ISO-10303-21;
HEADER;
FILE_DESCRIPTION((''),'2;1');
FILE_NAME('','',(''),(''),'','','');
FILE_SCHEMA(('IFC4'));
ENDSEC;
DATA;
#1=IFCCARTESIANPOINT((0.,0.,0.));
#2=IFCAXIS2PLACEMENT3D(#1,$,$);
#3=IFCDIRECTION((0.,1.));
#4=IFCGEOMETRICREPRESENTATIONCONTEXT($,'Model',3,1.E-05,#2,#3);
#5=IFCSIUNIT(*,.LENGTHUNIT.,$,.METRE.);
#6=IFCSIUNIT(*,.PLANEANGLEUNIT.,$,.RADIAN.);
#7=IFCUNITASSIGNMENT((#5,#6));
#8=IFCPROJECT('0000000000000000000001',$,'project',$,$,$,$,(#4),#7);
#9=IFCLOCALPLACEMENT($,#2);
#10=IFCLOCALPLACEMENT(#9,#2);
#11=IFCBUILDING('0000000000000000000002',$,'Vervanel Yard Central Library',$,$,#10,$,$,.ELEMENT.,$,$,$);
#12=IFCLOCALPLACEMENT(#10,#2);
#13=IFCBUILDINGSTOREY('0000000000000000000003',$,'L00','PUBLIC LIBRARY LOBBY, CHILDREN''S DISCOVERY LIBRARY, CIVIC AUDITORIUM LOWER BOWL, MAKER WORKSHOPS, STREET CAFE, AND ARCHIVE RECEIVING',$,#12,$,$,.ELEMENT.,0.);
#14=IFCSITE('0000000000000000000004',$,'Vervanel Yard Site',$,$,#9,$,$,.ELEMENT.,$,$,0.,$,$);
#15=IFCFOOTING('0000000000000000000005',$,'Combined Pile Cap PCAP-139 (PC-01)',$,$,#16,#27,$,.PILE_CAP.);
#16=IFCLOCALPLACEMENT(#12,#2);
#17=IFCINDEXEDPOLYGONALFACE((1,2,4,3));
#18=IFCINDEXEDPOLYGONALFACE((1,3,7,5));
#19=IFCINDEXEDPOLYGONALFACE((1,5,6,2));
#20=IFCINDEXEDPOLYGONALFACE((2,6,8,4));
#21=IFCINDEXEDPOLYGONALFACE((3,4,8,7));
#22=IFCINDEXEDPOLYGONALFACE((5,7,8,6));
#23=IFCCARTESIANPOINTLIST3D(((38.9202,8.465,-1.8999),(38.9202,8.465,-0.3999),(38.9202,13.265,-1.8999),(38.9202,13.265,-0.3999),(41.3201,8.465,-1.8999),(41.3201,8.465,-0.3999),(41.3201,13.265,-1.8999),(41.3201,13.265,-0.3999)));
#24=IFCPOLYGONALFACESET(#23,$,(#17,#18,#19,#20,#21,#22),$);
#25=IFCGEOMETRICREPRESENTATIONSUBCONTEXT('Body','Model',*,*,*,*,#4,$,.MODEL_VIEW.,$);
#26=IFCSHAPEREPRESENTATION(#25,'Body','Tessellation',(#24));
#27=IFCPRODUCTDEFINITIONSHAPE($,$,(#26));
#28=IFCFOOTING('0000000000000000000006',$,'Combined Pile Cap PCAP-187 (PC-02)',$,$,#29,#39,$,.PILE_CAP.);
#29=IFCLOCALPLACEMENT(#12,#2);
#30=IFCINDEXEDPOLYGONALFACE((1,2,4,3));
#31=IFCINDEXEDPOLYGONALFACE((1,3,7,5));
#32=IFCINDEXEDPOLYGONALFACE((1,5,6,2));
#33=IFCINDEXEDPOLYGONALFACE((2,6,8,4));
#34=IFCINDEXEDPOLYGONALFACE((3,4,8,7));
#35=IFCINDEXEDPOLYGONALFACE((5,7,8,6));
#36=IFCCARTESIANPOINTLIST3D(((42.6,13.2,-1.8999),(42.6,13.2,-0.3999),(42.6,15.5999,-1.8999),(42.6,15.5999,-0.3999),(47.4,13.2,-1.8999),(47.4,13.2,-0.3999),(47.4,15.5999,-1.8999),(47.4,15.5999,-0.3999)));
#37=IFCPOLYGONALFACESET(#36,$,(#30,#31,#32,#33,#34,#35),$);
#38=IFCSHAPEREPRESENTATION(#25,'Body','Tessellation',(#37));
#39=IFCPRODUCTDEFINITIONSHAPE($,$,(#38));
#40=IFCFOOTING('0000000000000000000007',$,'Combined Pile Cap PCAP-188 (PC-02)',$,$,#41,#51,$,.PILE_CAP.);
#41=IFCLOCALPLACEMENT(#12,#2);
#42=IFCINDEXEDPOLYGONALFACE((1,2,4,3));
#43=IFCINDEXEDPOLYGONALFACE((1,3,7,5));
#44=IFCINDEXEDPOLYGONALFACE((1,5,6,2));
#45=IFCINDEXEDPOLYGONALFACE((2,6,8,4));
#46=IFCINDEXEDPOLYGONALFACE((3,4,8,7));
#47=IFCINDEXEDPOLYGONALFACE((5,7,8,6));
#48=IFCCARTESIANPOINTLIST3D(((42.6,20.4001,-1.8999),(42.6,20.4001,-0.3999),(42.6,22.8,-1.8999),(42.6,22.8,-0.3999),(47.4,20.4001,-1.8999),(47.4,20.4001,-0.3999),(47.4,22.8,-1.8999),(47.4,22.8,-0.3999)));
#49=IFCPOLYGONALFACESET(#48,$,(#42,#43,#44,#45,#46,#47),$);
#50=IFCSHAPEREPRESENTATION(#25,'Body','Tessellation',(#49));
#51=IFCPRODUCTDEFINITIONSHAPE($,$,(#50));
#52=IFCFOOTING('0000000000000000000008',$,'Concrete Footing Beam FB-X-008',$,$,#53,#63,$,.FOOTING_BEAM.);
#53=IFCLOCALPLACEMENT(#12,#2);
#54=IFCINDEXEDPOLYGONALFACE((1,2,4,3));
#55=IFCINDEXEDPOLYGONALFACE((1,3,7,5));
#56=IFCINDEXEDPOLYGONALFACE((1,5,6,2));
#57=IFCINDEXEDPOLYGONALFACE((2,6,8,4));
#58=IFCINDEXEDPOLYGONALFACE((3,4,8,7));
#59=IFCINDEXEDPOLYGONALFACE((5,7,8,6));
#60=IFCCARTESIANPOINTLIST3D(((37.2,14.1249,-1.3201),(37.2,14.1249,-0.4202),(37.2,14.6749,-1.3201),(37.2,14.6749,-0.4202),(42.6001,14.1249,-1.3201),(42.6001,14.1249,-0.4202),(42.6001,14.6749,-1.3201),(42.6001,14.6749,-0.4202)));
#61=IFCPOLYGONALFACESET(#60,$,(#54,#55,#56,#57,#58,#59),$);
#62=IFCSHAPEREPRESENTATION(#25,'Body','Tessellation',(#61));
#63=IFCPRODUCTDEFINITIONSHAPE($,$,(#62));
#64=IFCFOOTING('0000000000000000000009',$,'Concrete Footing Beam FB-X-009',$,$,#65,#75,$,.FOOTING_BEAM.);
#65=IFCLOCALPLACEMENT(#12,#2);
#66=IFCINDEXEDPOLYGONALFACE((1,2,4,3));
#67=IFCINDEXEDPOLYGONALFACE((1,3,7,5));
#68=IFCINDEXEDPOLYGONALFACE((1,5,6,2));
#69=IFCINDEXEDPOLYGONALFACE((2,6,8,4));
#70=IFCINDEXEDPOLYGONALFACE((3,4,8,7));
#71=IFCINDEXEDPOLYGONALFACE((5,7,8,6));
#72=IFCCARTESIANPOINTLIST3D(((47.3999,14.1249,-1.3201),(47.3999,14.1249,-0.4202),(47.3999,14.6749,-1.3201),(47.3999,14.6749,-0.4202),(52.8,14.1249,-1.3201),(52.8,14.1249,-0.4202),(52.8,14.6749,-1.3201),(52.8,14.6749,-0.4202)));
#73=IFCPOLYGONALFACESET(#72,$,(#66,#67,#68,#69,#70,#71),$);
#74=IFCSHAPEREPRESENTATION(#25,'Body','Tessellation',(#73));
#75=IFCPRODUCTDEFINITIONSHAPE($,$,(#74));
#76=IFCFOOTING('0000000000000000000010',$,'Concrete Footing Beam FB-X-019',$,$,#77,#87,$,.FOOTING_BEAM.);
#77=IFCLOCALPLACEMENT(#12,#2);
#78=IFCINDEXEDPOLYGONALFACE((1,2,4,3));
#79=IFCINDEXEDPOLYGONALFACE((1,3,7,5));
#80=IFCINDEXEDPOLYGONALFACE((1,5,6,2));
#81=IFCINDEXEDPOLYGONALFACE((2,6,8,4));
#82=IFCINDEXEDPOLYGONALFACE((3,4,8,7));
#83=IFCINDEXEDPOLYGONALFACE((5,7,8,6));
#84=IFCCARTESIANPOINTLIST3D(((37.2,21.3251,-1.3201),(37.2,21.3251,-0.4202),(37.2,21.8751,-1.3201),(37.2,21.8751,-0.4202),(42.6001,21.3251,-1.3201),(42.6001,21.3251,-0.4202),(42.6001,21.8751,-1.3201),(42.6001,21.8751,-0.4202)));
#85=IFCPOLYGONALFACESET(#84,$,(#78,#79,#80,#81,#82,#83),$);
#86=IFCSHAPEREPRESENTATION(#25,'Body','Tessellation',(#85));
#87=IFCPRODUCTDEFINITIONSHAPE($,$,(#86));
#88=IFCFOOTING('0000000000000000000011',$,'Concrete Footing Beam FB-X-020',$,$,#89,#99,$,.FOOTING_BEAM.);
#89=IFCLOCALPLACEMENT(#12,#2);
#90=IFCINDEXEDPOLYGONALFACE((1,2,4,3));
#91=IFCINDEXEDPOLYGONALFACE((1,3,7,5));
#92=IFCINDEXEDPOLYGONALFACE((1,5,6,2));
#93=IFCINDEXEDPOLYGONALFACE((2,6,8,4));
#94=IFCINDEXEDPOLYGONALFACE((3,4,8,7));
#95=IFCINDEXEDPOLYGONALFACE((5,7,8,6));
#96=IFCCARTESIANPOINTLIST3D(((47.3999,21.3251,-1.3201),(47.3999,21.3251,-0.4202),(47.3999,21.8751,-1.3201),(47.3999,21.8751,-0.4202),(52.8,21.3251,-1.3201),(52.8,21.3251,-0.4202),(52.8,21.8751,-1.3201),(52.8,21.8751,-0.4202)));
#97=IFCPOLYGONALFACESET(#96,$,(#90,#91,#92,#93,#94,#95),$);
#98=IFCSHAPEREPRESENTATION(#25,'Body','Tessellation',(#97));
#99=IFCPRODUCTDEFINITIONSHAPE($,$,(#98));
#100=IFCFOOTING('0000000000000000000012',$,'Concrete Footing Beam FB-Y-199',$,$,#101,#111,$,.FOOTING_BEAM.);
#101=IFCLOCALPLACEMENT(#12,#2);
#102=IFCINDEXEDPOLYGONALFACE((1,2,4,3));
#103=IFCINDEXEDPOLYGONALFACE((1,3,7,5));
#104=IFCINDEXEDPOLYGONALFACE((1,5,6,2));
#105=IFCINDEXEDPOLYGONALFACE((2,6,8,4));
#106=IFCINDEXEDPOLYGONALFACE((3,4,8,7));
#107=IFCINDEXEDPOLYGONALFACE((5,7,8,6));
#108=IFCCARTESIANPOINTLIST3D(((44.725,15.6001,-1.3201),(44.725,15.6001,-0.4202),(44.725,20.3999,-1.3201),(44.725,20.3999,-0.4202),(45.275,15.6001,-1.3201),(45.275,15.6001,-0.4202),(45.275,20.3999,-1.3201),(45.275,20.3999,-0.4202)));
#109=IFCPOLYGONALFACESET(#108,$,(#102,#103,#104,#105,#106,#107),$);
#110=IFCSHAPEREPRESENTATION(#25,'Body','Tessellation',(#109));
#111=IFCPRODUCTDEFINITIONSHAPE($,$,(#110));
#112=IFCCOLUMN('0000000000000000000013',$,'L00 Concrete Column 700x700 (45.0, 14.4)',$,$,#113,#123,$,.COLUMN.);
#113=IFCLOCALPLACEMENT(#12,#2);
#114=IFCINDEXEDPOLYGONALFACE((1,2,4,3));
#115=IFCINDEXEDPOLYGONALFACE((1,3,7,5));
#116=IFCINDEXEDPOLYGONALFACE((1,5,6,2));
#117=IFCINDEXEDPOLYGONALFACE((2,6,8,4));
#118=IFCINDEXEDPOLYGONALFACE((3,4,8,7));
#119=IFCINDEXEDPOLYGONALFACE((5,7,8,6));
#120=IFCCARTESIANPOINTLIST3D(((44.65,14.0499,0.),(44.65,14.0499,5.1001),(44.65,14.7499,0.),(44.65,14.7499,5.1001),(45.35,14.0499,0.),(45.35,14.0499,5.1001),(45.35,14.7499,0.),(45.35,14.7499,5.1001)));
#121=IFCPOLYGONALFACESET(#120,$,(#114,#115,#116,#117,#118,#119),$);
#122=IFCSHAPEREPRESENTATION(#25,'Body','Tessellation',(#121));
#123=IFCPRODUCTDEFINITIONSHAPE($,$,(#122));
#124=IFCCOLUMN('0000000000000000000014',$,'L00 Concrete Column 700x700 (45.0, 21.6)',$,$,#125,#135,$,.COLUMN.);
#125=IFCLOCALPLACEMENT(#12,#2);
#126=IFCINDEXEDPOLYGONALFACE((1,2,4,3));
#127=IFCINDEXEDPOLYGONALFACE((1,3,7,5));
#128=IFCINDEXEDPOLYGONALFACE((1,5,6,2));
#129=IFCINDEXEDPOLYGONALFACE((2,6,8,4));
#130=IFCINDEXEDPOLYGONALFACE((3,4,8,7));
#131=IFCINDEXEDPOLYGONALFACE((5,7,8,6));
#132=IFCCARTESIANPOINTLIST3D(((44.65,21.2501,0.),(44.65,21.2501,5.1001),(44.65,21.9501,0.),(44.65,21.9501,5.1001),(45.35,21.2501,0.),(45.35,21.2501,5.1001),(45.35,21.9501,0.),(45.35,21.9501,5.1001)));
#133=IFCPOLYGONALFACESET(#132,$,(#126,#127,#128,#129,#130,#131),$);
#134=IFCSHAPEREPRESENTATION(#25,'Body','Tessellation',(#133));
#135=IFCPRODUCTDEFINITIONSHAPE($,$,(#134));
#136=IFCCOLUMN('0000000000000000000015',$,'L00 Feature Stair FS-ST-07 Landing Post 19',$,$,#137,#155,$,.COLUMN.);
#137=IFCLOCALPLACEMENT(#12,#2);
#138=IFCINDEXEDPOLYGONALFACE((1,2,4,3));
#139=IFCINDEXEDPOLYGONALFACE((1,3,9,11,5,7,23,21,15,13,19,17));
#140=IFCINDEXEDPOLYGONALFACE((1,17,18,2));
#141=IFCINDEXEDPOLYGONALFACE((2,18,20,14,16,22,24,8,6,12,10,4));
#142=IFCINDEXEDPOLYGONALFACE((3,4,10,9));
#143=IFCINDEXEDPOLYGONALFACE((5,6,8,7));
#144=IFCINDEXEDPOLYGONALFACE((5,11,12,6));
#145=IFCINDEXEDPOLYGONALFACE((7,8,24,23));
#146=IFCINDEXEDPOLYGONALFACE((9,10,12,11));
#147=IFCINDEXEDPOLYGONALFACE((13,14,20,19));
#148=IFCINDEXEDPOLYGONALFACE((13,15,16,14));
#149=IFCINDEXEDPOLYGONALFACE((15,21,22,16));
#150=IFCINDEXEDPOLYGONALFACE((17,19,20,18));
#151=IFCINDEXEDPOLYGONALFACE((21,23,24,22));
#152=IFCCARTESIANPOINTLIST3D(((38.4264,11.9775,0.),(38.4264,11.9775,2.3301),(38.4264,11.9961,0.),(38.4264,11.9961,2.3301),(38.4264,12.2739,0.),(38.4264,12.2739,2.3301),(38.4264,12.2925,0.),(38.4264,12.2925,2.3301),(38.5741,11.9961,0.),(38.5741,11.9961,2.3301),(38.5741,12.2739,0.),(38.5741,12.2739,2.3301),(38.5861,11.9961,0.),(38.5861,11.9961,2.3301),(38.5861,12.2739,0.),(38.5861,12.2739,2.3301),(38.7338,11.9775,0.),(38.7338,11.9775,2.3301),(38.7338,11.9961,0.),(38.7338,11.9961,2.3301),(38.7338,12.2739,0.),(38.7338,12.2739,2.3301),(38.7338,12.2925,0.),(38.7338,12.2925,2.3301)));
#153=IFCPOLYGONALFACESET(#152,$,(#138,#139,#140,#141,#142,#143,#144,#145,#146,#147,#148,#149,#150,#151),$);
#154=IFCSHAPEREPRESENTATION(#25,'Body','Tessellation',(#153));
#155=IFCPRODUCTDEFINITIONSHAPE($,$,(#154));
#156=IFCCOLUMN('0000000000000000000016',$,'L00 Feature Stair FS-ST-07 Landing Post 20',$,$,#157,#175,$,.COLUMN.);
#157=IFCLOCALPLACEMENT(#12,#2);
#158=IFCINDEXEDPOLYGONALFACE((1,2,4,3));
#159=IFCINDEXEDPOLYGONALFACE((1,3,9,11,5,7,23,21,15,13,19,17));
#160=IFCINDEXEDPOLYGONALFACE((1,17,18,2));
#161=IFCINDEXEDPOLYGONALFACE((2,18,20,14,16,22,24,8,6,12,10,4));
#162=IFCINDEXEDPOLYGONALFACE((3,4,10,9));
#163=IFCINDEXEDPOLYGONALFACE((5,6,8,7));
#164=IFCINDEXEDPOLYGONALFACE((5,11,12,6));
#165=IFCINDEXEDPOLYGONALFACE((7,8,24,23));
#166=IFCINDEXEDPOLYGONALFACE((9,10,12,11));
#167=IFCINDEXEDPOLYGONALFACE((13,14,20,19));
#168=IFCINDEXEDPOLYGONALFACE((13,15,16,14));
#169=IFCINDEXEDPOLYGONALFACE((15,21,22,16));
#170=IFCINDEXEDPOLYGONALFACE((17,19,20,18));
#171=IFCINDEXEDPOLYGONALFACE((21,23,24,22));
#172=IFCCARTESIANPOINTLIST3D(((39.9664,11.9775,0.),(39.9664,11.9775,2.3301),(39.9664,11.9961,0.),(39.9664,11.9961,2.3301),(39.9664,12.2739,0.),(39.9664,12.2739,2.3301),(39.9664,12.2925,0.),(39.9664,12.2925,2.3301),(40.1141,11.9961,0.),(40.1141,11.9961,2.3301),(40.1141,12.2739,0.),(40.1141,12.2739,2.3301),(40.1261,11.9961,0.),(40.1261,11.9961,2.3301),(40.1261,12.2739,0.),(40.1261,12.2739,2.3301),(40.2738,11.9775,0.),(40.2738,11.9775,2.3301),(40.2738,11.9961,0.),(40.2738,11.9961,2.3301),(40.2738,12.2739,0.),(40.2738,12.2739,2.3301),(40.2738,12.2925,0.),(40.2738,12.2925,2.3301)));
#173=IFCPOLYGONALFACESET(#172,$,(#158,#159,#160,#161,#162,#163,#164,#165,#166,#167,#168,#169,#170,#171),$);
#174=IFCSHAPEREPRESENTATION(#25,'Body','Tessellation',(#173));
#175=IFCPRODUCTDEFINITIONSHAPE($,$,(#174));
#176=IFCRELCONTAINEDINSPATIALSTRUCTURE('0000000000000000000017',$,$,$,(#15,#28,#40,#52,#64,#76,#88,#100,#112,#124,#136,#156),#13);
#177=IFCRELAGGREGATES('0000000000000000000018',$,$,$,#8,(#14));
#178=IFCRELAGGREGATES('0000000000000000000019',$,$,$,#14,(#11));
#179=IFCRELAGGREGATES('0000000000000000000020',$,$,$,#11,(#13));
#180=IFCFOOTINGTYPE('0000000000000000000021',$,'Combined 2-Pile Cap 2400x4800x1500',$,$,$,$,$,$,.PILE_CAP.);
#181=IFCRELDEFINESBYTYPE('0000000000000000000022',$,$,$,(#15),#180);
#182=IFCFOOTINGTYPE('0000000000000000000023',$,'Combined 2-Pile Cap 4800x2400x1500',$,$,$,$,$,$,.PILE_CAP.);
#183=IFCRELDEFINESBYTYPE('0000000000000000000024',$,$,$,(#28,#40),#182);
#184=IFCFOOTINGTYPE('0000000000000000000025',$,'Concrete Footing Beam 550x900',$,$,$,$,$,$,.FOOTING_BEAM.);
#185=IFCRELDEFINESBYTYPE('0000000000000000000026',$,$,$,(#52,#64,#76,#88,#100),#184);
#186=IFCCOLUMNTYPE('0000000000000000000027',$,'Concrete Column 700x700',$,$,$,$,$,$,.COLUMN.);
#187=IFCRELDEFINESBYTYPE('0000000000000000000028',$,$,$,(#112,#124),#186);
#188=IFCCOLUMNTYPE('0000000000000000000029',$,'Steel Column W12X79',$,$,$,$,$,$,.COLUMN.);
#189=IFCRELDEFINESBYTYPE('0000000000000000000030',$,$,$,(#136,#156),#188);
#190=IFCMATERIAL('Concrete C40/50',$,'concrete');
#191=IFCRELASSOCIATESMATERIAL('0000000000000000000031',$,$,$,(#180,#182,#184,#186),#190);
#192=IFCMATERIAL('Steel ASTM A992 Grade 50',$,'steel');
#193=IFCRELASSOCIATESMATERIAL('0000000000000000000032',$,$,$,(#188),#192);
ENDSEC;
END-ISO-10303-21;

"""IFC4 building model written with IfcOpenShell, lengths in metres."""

from ifc_helpers import new_model, si_unit, direction, frame, origin, origin_2d, place, context, subcontext, project, spatial, rectangle, i_section, extrude, material, material_profile, profile_set, type_object, element, save


model = new_model("IFC4")

# Units and contexts
model_context = context("Model", 3, precision=1e-05, world=origin(), true_north=direction((0.0, 1.0)))
body_context = subcontext(model_context, "Body", "Model", "MODEL_VIEW")
ifc_project = project(units=[si_unit("LENGTHUNIT", "METRE"), si_unit("PLANEANGLEUNIT", "RADIAN")], contexts=[model_context])

# Site, building, storey
site_placement = place(None, origin())
site = spatial("IfcSite", under=ifc_project, at=site_placement, Name="Vervanel Yard Site", CompositionType="ELEMENT", RefElevation=0.0)
building_placement = place(site_placement, origin())
building = spatial("IfcBuilding", under=site, at=building_placement, Name="Vervanel Yard Central Library", CompositionType="ELEMENT")
storey_placement = place(building_placement, origin())
storey = spatial("IfcBuildingStorey", under=building, at=storey_placement, Name="L00", Description="PUBLIC LIBRARY LOBBY, CHILDREN'S DISCOVERY LIBRARY, CIVIC AUDITORIUM LOWER BOWL, MAKER WORKSHOPS, STREET CAFE, AND ARCHIVE RECEIVING", CompositionType="ELEMENT", Elevation=0.0)

# Shared definitions
ifc_material_1 = material(Name="Concrete C40/50", Category="concrete")

# Footings
footing_type_1 = type_object("IfcFootingType", Name="Combined 2-Pile Cap 2400x4800x1500", PredefinedType="PILE_CAP", material=ifc_material_1)
footing_1_placement = place(storey_placement, frame((40.1201, 10.865, -1.8999), z_axis=(0.0, 0.0, 1.0), x_axis=(1.0, 0.0, 0.0)))
element("IfcFooting", 1, at=footing_1_placement, inside=storey, type_object=footing_type_1, Name="Combined Pile Cap PCAP-139 (PC-01)", PredefinedType="PILE_CAP", context=body_context, shape_type="SweptSolid", body=[
    extrude(rectangle(XDim=2.3999, YDim=4.8, at=origin_2d()), origin(), (0.0, 0.0, 1.0), 1.5),
])
footing_type_2 = type_object("IfcFootingType", Name="Combined 2-Pile Cap 4800x2400x1500", PredefinedType="PILE_CAP", material=ifc_material_1)
for number, where, z_axis, x_axis, name in (
    (2, (45.0, 14.3999, -1.8999), (0.0, 0.0, 1.0), (1.0, 0.0, 0.0), "Combined Pile Cap PCAP-187 (PC-02)"),
    (3, (45.0, 21.6001, -1.8999), (0.0, 0.0, 1.0), (1.0, 0.0, 0.0), "Combined Pile Cap PCAP-188 (PC-02)"),
):
    element("IfcFooting", number, at=place(storey_placement, frame(where, z_axis=z_axis, x_axis=x_axis)), inside=storey, type_object=footing_type_2, Name=name, PredefinedType="PILE_CAP", context=body_context, shape_type="SweptSolid", body=[
        extrude(rectangle(XDim=4.8, YDim=2.3999, at=origin_2d()), origin(), (0.0, 0.0, 1.0), 1.5),
    ])
ifc_material_profile_1 = material_profile(ifc_material_1, rectangle(XDim=0.55, YDim=0.8999, at=origin_2d()), Name="RC 550x900", Category="concrete")
ifc_profile_set_1 = profile_set([ifc_material_profile_1], Name="Concrete C40/50")
footing_type_3 = type_object("IfcFootingType", Name="Concrete Footing Beam 550x900", PredefinedType="FOOTING_BEAM", material=ifc_profile_set_1)
for number, where, z_axis, x_axis, name in (
    (4, (37.2, 14.3999, -0.8701), (1.0, 0.0, 0.0), (0.0, 1.0, 0.0), "Concrete Footing Beam FB-X-008"),
    (5, (47.3999, 14.3999, -0.8701), (1.0, 0.0, 0.0), (0.0, 1.0, 0.0), "Concrete Footing Beam FB-X-009"),
    (6, (37.2, 21.6001, -0.8701), (1.0, 0.0, 0.0), (0.0, 1.0, 0.0), "Concrete Footing Beam FB-X-019"),
    (7, (47.3999, 21.6001, -0.8701), (1.0, 0.0, 0.0), (0.0, 1.0, 0.0), "Concrete Footing Beam FB-X-020"),
):
    element("IfcFooting", number, at=place(storey_placement, frame(where, z_axis=z_axis, x_axis=x_axis)), inside=storey, type_object=footing_type_3, Name=name, PredefinedType="FOOTING_BEAM", context=body_context, shape_type="SweptSolid", body=[
        extrude(rectangle(XDim=0.55, YDim=0.8999, at=origin_2d()), origin(), (0.0, 0.0, 1.0), 5.4001),
    ])
footing_2_placement = place(storey_placement, frame((45.0, 15.6001, -0.8701), z_axis=(0.0, 1.0, 0.0), x_axis=(-1.0, 0.0, 0.0)))
element("IfcFooting", 8, at=footing_2_placement, inside=storey, type_object=footing_type_3, Name="Concrete Footing Beam FB-Y-199", PredefinedType="FOOTING_BEAM", context=body_context, shape_type="SweptSolid", body=[
    extrude(rectangle(XDim=0.55, YDim=0.8999, at=origin_2d()), origin(), (0.0, 0.0, 1.0), 4.7998),
])

# Columns
ifc_material_profile_2 = material_profile(ifc_material_1, rectangle(XDim=0.7, YDim=0.7, at=origin_2d()), Name="RC 700x700", Category="concrete")
ifc_profile_set_2 = profile_set([ifc_material_profile_2], Name="Concrete C40/50")
column_type_1 = type_object("IfcColumnType", Name="Concrete Column 700x700", PredefinedType="COLUMN", material=ifc_profile_set_2)
for number, where, z_axis, x_axis, name in (
    (9, (45.0, 14.3999, 0.0), (0.0, 0.0, 1.0), (1.0, 0.0, 0.0), "L00 Concrete Column 700x700 (45.0, 14.4)"),
    (10, (45.0, 21.6001, 0.0), (0.0, 0.0, 1.0), (1.0, 0.0, 0.0), "L00 Concrete Column 700x700 (45.0, 21.6)"),
):
    element("IfcColumn", number, at=place(storey_placement, frame(where, z_axis=z_axis, x_axis=x_axis)), inside=storey, type_object=column_type_1, Name=name, PredefinedType="COLUMN", context=body_context, shape_type="SweptSolid", body=[
        extrude(rectangle(XDim=0.7, YDim=0.7, at=origin_2d()), origin(), (0.0, 0.0, 1.0), 5.1001),
    ])
ifc_material_2 = material(Name="Steel ASTM A992 Grade 50", Category="steel")
ifc_material_profile_3 = material_profile(ifc_material_2, i_section(OverallWidth=0.3074, OverallDepth=0.3149, WebThickness=0.012, FlangeThickness=0.0186, at=origin_2d()), Name="W12X79", Category="steel")
ifc_profile_set_3 = profile_set([ifc_material_profile_3], Name="Steel ASTM A992 Grade 50")
column_type_2 = type_object("IfcColumnType", Name="Steel Column W12X79", PredefinedType="COLUMN", material=ifc_profile_set_3)
for number, where, z_axis, x_axis, name in (
    (11, (38.5801, 12.135, 0.0), (0.0, 0.0, 1.0), (1.0, 0.0, 0.0), "L00 Feature Stair FS-ST-07 Landing Post 19"),
    (12, (40.1201, 12.135, 0.0), (0.0, 0.0, 1.0), (1.0, 0.0, 0.0), "L00 Feature Stair FS-ST-07 Landing Post 20"),
):
    element("IfcColumn", number, at=place(storey_placement, frame(where, z_axis=z_axis, x_axis=x_axis)), inside=storey, type_object=column_type_2, Name=name, PredefinedType="COLUMN", context=body_context, shape_type="SweptSolid", body=[
        extrude(i_section(OverallWidth=0.3074, OverallDepth=0.3149, WebThickness=0.012, FlangeThickness=0.0186, at=origin_2d()), origin(), (0.0, 0.0, 1.0), 2.3301),
    ])

save(model, "model.ifc")
